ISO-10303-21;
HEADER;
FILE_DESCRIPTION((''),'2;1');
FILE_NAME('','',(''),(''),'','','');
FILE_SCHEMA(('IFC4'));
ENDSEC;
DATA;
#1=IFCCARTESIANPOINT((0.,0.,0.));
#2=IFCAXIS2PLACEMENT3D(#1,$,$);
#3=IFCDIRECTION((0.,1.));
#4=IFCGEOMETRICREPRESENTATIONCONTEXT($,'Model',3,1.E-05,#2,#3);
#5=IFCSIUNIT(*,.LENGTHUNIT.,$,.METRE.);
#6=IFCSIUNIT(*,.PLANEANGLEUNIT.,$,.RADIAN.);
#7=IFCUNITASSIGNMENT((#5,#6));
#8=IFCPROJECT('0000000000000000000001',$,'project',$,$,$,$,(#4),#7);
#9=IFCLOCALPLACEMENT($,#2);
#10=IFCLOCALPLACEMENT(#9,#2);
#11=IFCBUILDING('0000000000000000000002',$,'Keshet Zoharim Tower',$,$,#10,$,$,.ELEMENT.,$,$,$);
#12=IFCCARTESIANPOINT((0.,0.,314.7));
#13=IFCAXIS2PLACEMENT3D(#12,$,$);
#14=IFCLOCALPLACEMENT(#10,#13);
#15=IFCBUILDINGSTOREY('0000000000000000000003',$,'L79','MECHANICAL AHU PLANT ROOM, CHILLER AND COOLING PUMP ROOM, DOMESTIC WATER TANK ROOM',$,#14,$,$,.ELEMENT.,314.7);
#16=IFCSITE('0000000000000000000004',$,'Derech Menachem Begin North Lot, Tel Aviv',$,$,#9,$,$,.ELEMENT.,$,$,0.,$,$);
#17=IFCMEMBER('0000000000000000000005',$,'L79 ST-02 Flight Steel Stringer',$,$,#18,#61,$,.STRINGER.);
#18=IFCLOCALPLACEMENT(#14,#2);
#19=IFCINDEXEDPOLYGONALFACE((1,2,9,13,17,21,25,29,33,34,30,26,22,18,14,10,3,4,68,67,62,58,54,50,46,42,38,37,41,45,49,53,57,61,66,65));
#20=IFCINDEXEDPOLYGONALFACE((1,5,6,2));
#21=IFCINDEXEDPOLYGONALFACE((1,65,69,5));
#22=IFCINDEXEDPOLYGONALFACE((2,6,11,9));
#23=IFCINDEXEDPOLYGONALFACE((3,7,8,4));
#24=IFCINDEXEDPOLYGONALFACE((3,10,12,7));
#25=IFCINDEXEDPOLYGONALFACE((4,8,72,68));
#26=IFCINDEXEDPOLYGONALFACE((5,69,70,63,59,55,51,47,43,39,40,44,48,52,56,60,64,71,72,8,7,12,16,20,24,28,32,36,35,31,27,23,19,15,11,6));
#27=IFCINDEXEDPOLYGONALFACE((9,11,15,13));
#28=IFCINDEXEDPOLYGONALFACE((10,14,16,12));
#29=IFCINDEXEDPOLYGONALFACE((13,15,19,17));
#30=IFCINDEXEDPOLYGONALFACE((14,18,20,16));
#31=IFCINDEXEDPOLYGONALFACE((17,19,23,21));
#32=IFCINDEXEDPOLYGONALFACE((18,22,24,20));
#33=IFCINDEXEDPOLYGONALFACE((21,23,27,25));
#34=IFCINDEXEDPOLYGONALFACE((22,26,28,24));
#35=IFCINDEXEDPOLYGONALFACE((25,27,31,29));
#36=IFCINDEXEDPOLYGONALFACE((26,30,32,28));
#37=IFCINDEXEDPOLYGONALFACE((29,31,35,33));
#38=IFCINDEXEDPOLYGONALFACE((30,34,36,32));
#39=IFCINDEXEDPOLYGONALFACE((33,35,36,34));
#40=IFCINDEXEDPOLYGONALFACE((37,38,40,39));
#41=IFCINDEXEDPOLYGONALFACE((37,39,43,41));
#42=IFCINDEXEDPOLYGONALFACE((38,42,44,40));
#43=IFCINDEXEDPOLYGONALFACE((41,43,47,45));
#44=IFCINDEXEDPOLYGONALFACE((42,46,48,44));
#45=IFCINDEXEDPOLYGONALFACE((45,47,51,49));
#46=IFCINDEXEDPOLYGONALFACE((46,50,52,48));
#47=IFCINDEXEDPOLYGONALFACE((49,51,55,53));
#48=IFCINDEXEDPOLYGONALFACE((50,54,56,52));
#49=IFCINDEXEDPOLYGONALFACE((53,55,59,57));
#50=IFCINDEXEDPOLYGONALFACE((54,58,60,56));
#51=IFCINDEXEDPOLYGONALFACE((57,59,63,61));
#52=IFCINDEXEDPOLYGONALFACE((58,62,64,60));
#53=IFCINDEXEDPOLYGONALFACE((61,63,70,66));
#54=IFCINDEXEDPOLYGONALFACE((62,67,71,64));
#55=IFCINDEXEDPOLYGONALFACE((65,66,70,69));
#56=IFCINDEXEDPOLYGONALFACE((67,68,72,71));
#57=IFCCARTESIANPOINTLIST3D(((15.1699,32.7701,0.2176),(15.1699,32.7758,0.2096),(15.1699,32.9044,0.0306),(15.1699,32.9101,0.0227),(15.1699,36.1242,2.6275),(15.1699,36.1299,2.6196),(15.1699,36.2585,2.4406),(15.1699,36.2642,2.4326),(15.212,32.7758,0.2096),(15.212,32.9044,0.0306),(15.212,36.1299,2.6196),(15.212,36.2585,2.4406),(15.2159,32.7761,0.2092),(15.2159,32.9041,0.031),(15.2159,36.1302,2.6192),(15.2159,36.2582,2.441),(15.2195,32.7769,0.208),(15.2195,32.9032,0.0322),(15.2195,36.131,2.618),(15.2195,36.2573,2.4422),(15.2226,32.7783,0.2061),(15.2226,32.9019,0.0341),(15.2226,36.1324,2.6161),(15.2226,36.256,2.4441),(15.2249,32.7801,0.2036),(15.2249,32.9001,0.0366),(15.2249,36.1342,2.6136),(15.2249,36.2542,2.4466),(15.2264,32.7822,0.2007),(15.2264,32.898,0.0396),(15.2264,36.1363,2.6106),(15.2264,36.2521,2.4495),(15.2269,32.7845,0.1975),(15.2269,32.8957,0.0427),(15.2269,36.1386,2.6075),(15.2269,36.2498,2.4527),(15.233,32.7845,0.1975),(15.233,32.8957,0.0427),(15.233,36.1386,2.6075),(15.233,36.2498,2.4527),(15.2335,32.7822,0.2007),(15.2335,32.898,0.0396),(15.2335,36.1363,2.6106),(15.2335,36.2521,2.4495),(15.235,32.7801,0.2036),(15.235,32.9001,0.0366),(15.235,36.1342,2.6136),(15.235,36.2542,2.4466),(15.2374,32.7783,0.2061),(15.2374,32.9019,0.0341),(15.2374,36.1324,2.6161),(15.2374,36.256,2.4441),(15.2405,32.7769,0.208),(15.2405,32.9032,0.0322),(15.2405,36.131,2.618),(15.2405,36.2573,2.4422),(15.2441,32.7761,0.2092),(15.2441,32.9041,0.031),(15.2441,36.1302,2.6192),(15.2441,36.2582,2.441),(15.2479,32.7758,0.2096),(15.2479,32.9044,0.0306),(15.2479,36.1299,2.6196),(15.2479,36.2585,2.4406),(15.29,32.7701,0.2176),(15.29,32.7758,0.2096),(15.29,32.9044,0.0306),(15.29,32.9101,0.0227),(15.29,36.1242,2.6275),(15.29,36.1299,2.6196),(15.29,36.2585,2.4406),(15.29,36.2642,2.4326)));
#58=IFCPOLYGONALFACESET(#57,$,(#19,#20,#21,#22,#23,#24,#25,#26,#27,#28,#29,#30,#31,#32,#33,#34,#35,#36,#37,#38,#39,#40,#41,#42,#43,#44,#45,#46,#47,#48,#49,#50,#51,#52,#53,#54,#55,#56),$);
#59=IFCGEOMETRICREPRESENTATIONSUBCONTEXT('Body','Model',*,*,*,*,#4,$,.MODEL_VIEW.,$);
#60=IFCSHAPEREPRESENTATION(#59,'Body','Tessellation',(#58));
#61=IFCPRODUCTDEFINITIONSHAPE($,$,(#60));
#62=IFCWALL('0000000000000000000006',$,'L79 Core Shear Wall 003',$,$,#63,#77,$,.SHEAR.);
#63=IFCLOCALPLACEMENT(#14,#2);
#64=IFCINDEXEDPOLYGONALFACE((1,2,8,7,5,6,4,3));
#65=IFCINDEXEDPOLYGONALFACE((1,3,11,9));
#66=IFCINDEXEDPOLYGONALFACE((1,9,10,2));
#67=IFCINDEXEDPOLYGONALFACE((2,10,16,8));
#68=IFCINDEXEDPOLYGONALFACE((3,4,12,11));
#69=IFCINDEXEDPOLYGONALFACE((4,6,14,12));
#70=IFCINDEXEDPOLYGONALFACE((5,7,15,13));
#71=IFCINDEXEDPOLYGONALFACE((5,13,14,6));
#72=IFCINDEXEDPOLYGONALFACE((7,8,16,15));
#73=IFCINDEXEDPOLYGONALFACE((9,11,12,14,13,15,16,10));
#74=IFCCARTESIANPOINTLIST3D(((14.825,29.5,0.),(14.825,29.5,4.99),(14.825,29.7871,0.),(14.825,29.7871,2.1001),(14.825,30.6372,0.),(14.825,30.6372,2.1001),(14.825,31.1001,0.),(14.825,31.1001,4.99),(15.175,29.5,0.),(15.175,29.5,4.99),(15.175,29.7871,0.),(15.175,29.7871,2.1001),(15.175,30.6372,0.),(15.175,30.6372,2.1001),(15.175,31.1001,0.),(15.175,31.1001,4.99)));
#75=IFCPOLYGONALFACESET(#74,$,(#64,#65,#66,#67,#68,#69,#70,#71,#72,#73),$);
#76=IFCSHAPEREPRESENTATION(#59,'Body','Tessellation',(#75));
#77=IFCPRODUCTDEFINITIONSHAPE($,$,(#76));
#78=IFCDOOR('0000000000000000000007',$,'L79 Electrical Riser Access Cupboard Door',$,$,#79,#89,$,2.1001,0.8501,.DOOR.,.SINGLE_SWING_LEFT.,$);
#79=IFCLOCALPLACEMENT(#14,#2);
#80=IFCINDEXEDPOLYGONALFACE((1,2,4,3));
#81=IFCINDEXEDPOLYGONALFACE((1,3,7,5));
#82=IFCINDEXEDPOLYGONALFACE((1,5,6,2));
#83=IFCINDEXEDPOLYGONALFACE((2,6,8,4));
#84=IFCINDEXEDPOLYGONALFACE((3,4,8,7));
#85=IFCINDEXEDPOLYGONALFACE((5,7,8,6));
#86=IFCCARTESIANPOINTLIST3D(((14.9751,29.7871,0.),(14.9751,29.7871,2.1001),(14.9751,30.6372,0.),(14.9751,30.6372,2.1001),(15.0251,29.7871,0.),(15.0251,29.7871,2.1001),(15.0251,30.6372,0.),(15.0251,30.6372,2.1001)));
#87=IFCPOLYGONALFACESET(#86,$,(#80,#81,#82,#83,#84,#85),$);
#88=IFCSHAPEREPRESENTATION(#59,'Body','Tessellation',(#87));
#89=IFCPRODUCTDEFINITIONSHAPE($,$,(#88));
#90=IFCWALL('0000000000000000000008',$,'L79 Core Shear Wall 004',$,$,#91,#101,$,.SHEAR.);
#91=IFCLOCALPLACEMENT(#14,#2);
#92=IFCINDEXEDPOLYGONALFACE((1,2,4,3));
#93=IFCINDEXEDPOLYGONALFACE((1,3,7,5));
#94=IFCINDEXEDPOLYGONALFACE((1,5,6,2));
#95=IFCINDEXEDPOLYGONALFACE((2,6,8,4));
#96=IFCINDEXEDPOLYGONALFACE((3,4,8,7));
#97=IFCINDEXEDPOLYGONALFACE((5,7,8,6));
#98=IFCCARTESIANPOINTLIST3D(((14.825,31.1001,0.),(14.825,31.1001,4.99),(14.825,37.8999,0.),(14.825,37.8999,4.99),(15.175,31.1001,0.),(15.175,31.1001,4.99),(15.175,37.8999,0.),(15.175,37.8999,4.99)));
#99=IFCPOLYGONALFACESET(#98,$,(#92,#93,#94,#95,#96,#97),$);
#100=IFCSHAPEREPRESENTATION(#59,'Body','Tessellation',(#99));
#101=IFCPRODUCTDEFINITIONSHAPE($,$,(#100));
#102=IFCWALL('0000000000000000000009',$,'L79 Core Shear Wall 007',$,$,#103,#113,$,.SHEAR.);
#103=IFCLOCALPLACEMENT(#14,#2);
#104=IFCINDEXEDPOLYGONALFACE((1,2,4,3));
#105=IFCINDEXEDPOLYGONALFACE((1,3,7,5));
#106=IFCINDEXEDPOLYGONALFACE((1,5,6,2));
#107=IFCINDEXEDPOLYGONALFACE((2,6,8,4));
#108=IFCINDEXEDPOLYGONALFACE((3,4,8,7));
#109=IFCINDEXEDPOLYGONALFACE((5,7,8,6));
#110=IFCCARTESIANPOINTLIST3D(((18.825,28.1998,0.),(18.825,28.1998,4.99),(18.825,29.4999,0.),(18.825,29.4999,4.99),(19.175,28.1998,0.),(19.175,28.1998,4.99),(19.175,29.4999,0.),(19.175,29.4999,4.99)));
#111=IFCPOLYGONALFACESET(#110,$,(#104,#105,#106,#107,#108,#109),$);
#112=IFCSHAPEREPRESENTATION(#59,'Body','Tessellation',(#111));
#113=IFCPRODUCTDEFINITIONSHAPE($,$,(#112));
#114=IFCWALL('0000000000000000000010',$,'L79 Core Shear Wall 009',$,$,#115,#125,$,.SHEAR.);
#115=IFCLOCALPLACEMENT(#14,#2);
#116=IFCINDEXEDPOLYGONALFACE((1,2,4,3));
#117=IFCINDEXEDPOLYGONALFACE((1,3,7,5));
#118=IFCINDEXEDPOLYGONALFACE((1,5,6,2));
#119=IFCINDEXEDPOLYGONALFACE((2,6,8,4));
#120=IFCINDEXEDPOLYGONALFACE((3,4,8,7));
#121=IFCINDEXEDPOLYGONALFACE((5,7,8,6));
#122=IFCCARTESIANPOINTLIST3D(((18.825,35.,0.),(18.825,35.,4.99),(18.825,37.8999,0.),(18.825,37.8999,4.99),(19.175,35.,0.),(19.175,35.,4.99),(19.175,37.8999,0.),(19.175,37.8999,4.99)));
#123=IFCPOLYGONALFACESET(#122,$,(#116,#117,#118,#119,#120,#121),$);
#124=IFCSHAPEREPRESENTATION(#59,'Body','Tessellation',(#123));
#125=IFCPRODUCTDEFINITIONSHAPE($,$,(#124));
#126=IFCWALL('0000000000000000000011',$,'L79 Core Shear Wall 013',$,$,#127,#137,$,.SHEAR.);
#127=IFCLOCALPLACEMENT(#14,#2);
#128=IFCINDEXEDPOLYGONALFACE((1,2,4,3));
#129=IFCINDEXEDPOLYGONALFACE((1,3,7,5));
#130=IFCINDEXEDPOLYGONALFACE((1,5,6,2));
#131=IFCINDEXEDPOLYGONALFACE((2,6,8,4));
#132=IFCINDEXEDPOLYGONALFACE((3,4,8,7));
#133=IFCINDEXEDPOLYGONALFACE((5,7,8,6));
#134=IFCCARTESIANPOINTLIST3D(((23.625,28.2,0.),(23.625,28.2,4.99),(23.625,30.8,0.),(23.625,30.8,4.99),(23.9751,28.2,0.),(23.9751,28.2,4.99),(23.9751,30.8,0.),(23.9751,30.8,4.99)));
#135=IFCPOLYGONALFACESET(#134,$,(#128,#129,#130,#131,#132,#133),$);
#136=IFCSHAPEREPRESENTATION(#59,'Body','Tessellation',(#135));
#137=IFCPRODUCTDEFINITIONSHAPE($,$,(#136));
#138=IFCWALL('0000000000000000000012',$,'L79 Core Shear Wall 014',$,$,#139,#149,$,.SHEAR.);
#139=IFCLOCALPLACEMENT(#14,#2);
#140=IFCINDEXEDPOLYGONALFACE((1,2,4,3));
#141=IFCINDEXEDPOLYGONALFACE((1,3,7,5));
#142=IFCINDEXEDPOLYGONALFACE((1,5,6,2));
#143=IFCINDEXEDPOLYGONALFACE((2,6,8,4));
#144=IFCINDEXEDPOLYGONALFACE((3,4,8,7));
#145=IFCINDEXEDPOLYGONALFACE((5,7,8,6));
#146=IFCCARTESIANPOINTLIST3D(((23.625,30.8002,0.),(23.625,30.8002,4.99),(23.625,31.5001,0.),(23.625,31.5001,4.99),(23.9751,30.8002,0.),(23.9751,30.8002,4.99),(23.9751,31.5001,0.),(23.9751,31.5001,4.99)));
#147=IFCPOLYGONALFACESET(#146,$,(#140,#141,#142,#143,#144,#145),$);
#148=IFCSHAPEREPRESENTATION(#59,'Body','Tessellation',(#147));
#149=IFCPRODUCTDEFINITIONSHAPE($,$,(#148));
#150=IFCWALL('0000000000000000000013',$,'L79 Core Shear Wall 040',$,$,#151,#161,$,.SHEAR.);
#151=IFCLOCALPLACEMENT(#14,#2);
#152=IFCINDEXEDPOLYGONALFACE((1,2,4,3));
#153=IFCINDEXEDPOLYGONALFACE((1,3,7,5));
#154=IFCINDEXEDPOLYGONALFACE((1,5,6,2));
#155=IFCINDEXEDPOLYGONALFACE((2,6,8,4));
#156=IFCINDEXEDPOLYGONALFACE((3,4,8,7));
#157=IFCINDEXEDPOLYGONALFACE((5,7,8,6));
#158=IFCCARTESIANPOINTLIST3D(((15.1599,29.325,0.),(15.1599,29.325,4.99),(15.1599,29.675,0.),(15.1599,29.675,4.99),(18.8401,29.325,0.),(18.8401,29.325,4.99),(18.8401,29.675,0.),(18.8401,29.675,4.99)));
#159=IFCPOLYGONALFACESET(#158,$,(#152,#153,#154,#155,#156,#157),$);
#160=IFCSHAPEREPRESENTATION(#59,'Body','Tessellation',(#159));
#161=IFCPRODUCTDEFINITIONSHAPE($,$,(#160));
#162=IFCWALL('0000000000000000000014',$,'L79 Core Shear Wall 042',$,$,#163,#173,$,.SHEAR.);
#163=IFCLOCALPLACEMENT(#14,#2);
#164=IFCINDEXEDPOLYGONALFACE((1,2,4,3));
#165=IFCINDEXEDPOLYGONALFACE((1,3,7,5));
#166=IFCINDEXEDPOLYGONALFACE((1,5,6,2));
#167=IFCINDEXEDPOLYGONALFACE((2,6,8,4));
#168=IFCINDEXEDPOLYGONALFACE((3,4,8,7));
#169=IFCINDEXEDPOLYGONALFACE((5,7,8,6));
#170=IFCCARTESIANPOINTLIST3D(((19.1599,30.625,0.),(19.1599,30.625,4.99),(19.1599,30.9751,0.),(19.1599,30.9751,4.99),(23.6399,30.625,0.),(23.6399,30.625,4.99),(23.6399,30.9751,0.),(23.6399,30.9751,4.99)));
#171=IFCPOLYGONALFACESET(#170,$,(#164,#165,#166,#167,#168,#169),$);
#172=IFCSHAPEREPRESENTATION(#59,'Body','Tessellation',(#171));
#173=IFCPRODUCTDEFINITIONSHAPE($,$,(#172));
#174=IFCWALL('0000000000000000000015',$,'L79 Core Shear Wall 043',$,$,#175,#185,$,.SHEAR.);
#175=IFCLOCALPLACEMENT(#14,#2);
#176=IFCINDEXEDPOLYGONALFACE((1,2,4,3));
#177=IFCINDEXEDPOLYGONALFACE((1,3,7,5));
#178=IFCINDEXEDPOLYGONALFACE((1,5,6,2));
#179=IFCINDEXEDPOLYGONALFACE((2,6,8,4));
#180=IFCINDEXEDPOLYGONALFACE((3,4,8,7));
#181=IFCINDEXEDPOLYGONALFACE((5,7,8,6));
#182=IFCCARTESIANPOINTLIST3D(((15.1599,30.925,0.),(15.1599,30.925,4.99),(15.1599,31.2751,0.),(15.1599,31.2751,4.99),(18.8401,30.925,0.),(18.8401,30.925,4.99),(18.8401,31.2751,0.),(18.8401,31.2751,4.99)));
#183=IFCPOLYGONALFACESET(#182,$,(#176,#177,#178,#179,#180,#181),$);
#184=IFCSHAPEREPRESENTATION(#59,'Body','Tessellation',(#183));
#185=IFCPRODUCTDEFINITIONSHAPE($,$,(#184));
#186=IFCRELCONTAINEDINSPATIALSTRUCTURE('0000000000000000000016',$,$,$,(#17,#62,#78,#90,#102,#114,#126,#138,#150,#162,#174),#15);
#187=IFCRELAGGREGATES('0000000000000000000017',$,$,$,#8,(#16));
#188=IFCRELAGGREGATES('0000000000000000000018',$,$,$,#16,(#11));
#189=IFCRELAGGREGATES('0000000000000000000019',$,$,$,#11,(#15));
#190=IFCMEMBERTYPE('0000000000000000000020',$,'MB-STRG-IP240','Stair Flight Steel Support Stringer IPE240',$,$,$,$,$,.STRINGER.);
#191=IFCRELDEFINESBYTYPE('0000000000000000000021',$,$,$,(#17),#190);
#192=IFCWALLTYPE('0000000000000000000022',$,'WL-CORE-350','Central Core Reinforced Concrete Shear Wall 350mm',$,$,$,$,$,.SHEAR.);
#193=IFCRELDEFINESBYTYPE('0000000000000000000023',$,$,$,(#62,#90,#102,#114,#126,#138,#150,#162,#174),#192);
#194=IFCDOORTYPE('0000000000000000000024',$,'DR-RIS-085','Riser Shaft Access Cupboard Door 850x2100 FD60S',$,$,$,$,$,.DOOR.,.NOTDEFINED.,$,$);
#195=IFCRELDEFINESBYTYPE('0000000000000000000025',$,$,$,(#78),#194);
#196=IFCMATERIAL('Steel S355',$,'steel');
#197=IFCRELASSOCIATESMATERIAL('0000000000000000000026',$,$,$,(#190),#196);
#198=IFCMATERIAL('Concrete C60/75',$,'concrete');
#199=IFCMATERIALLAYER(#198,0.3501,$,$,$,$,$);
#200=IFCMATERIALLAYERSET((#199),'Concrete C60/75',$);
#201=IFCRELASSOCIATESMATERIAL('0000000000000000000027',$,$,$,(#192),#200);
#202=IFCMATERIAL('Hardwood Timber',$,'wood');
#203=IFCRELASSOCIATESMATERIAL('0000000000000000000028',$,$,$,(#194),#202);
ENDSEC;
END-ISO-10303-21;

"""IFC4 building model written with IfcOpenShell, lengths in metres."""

from ifc_helpers import new_model, si_unit, direction, frame, frame_2d, origin, origin_2d, place, context, subcontext, project, spatial, rectangle, i_section, extrude, material, layer, layer_set, material_profile, profile_set, type_object, element, fill, save


model = new_model("IFC4")

# Units and contexts
model_context = context("Model", 3, precision=1e-05, world=origin(), true_north=direction((0.0, 1.0)))
body_context = subcontext(model_context, "Body", "Model", "MODEL_VIEW")
ifc_project = project(units=[si_unit("LENGTHUNIT", "METRE"), si_unit("PLANEANGLEUNIT", "RADIAN")], contexts=[model_context])

# Site, building, storey
site_placement = place(None, origin())
site = spatial("IfcSite", under=ifc_project, at=site_placement, Name="Derech Menachem Begin North Lot, Tel Aviv", CompositionType="ELEMENT", RefElevation=0.0)
building_placement = place(site_placement, origin())
building = spatial("IfcBuilding", under=site, at=building_placement, Name="Keshet Zoharim Tower", CompositionType="ELEMENT")
storey_placement = place(building_placement, frame((0.0, 0.0, 314.7)))
storey = spatial("IfcBuildingStorey", under=building, at=storey_placement, Name="L79", Description="MECHANICAL AHU PLANT ROOM, CHILLER AND COOLING PUMP ROOM, DOMESTIC WATER TANK ROOM", CompositionType="ELEMENT", Elevation=314.7)

# Member
ifc_material_1 = material(Name="Steel S355", Category="steel")
ifc_material_profile = material_profile(ifc_material_1, i_section(OverallWidth=0.1201, OverallDepth=0.24, WebThickness=0.0061, FlangeThickness=0.0098, FilletRadius=0.0149, at=origin_2d()), Name="IPE240")
ifc_profile_set = profile_set([ifc_material_profile], Name="Steel S355")
member_type = type_object("IfcMemberType", Name="MB-STRG-IP240", Description="Stair Flight Steel Support Stringer IPE240", PredefinedType="STRINGER", material=ifc_profile_set)
member_placement = place(storey_placement, frame((15.23, 32.8401, 0.1201), z_axis=(0.0, 0.812105, 0.583512), x_axis=(-1.0, 0.0, 0.0)))
element("IfcMember", 1, at=member_placement, inside=storey, type_object=member_type, Name="L79 ST-02 Flight Steel Stringer", PredefinedType="STRINGER", context=body_context, shape_type="SweptSolid", body=[
    extrude(i_section(OverallWidth=0.1201, OverallDepth=0.24, WebThickness=0.0061, FlangeThickness=0.0098, FilletRadius=0.0149, at=origin_2d()), origin(), (0.0, 0.0, 1.0), 4.1301),
])

# Wall, opening, door
ifc_material_2 = material(Name="Concrete C60/75", Category="concrete")
ifc_layer_1 = layer(ifc_material_2, 0.3501)
ifc_layer_set_1 = layer_set([ifc_layer_1], Name="Concrete C60/75")
wall_type = type_object("IfcWallType", Name="WL-CORE-350", Description="Central Core Reinforced Concrete Shear Wall 350mm", PredefinedType="SHEAR", material=ifc_layer_set_1)
wall_1_placement = place(storey_placement, frame((15.0, 29.5, 0.0), z_axis=(0.0, 0.0, 1.0), x_axis=(0.0, 1.0, 0.0)))
wall_1 = element("IfcWall", 2, at=wall_1_placement, inside=storey, type_object=wall_type, Name="L79 Core Shear Wall 003", PredefinedType="SHEAR", context=body_context, shape_type="SweptSolid", body=[
    extrude(rectangle(XDim=1.6001, YDim=0.3501, at=frame_2d((0.8, 0.0))), origin(), (0.0, 0.0, 1.0), 4.99),
])
opening_1_placement = place(wall_1_placement, frame((0.2871, 0.0, 0.0)))
opening_1 = element("IfcOpeningElement", 3, at=opening_1_placement, cuts=wall_1, PredefinedType="OPENING", context=body_context, shape_type="SweptSolid", body=[
    extrude(rectangle(XDim=0.8501, YDim=2.1001, at=frame_2d((0.425, 1.05))), frame((0.0, 0.1851, 0.0), z_axis=(0.0, -1.0, 0.0), x_axis=(1.0, 0.0, 0.0)), (0.0, 0.0, 1.0), 0.3701),
])
ifc_material_3 = material(Name="Hardwood Timber", Category="wood")
door_type_1 = type_object("IfcDoorType", Name="DR-RIS-085", Description="Riser Shaft Access Cupboard Door 850x2100 FD60S", OperationType="NOTDEFINED", PredefinedType="DOOR", material=ifc_material_3)
door_1_placement = place(opening_1_placement, origin())
door_1 = element("IfcDoor", 4, at=door_1_placement, inside=storey, type_object=door_type_1, Name="L79 Electrical Riser Access Cupboard Door", OperationType="SINGLE_SWING_LEFT", OverallHeight=2.1001, OverallWidth=0.8501, PredefinedType="DOOR", context=body_context, shape_type="SweptSolid", body=[
    extrude(rectangle(XDim=0.8501, YDim=2.1001, at=frame_2d((0.425, 1.05))), frame((0.0, 0.0249, 0.0), z_axis=(0.0, -1.0, 0.0), x_axis=(1.0, 0.0, 0.0)), (0.0, 0.0, 1.0), 0.05),
])
fill(opening_1, door_1)

# Walls
wall_2_placement = place(storey_placement, frame((15.0, 31.1001, 0.0), z_axis=(0.0, 0.0, 1.0), x_axis=(0.0, 1.0, 0.0)))
element("IfcWall", 5, at=wall_2_placement, inside=storey, type_object=wall_type, Name="L79 Core Shear Wall 004", PredefinedType="SHEAR", context=body_context, shape_type="SweptSolid", body=[
    extrude(rectangle(XDim=6.7998, YDim=0.3501, at=frame_2d((3.3999, 0.0))), origin(), (0.0, 0.0, 1.0), 4.99),
])
wall_3_placement = place(storey_placement, frame((19.0, 28.2, 0.0), z_axis=(0.0, 0.0, 1.0), x_axis=(0.0, 1.0, 0.0)))
element("IfcWall", 6, at=wall_3_placement, inside=storey, type_object=wall_type, Name="L79 Core Shear Wall 007", PredefinedType="SHEAR", context=body_context, shape_type="SweptSolid", body=[
    extrude(rectangle(XDim=1.3, YDim=0.3501, at=frame_2d((0.6499, 0.0))), origin(), (0.0, 0.0, 1.0), 4.99),
])

# Walls
wall_4_placement = place(storey_placement, frame((19.0, 35.0, 0.0), z_axis=(0.0, 0.0, 1.0), x_axis=(0.0, 1.0, 0.0)))
element("IfcWall", 7, at=wall_4_placement, inside=storey, type_object=wall_type, Name="L79 Core Shear Wall 009", PredefinedType="SHEAR", context=body_context, shape_type="SweptSolid", body=[
    extrude(rectangle(XDim=2.8999, YDim=0.3501, at=frame_2d((1.45, 0.0))), origin(), (0.0, 0.0, 1.0), 4.99),
])
wall_5_placement = place(storey_placement, frame((23.8, 28.2, 0.0), z_axis=(0.0, 0.0, 1.0), x_axis=(0.0, 1.0, 0.0)))
element("IfcWall", 8, at=wall_5_placement, inside=storey, type_object=wall_type, Name="L79 Core Shear Wall 013", PredefinedType="SHEAR", context=body_context, shape_type="SweptSolid", body=[
    extrude(rectangle(XDim=2.6001, YDim=0.3501, at=frame_2d((1.3, 0.0))), origin(), (0.0, 0.0, 1.0), 4.99),
])
wall_6_placement = place(storey_placement, frame((23.8, 30.8, 0.0), z_axis=(0.0, 0.0, 1.0), x_axis=(0.0, 1.0, 0.0)))
element("IfcWall", 9, at=wall_6_placement, inside=storey, type_object=wall_type, Name="L79 Core Shear Wall 014", PredefinedType="SHEAR", context=body_context, shape_type="SweptSolid", body=[
    extrude(rectangle(XDim=0.7, YDim=0.3501, at=frame_2d((0.3501, 0.0))), origin(), (0.0, 0.0, 1.0), 4.99),
])

# Walls
wall_7_placement = place(storey_placement, frame((15.1599, 29.5, 0.0), z_axis=(0.0, 0.0, 1.0), x_axis=(1.0, 0.0, 0.0)))
element("IfcWall", 10, at=wall_7_placement, inside=storey, type_object=wall_type, Name="L79 Core Shear Wall 040", PredefinedType="SHEAR", context=body_context, shape_type="SweptSolid", body=[
    extrude(rectangle(XDim=3.6802, YDim=0.3501, at=frame_2d((1.8401, 0.0))), origin(), (0.0, 0.0, 1.0), 4.99),
])
wall_8_placement = place(storey_placement, frame((19.1599, 30.8, 0.0), z_axis=(0.0, 0.0, 1.0), x_axis=(1.0, 0.0, 0.0)))
element("IfcWall", 11, at=wall_8_placement, inside=storey, type_object=wall_type, Name="L79 Core Shear Wall 042", PredefinedType="SHEAR", context=body_context, shape_type="SweptSolid", body=[
    extrude(rectangle(XDim=4.48, YDim=0.3501, at=frame_2d((2.24, 0.0))), origin(), (0.0, 0.0, 1.0), 4.99),
])
wall_9_placement = place(storey_placement, frame((15.1599, 31.1001, 0.0), z_axis=(0.0, 0.0, 1.0), x_axis=(1.0, 0.0, 0.0)))
element("IfcWall", 12, at=wall_9_placement, inside=storey, type_object=wall_type, Name="L79 Core Shear Wall 043", PredefinedType="SHEAR", context=body_context, shape_type="SweptSolid", body=[
    extrude(rectangle(XDim=3.6802, YDim=0.3501, at=frame_2d((1.8401, 0.0))), origin(), (0.0, 0.0, 1.0), 4.99),
])

save(model, "model.ifc")
